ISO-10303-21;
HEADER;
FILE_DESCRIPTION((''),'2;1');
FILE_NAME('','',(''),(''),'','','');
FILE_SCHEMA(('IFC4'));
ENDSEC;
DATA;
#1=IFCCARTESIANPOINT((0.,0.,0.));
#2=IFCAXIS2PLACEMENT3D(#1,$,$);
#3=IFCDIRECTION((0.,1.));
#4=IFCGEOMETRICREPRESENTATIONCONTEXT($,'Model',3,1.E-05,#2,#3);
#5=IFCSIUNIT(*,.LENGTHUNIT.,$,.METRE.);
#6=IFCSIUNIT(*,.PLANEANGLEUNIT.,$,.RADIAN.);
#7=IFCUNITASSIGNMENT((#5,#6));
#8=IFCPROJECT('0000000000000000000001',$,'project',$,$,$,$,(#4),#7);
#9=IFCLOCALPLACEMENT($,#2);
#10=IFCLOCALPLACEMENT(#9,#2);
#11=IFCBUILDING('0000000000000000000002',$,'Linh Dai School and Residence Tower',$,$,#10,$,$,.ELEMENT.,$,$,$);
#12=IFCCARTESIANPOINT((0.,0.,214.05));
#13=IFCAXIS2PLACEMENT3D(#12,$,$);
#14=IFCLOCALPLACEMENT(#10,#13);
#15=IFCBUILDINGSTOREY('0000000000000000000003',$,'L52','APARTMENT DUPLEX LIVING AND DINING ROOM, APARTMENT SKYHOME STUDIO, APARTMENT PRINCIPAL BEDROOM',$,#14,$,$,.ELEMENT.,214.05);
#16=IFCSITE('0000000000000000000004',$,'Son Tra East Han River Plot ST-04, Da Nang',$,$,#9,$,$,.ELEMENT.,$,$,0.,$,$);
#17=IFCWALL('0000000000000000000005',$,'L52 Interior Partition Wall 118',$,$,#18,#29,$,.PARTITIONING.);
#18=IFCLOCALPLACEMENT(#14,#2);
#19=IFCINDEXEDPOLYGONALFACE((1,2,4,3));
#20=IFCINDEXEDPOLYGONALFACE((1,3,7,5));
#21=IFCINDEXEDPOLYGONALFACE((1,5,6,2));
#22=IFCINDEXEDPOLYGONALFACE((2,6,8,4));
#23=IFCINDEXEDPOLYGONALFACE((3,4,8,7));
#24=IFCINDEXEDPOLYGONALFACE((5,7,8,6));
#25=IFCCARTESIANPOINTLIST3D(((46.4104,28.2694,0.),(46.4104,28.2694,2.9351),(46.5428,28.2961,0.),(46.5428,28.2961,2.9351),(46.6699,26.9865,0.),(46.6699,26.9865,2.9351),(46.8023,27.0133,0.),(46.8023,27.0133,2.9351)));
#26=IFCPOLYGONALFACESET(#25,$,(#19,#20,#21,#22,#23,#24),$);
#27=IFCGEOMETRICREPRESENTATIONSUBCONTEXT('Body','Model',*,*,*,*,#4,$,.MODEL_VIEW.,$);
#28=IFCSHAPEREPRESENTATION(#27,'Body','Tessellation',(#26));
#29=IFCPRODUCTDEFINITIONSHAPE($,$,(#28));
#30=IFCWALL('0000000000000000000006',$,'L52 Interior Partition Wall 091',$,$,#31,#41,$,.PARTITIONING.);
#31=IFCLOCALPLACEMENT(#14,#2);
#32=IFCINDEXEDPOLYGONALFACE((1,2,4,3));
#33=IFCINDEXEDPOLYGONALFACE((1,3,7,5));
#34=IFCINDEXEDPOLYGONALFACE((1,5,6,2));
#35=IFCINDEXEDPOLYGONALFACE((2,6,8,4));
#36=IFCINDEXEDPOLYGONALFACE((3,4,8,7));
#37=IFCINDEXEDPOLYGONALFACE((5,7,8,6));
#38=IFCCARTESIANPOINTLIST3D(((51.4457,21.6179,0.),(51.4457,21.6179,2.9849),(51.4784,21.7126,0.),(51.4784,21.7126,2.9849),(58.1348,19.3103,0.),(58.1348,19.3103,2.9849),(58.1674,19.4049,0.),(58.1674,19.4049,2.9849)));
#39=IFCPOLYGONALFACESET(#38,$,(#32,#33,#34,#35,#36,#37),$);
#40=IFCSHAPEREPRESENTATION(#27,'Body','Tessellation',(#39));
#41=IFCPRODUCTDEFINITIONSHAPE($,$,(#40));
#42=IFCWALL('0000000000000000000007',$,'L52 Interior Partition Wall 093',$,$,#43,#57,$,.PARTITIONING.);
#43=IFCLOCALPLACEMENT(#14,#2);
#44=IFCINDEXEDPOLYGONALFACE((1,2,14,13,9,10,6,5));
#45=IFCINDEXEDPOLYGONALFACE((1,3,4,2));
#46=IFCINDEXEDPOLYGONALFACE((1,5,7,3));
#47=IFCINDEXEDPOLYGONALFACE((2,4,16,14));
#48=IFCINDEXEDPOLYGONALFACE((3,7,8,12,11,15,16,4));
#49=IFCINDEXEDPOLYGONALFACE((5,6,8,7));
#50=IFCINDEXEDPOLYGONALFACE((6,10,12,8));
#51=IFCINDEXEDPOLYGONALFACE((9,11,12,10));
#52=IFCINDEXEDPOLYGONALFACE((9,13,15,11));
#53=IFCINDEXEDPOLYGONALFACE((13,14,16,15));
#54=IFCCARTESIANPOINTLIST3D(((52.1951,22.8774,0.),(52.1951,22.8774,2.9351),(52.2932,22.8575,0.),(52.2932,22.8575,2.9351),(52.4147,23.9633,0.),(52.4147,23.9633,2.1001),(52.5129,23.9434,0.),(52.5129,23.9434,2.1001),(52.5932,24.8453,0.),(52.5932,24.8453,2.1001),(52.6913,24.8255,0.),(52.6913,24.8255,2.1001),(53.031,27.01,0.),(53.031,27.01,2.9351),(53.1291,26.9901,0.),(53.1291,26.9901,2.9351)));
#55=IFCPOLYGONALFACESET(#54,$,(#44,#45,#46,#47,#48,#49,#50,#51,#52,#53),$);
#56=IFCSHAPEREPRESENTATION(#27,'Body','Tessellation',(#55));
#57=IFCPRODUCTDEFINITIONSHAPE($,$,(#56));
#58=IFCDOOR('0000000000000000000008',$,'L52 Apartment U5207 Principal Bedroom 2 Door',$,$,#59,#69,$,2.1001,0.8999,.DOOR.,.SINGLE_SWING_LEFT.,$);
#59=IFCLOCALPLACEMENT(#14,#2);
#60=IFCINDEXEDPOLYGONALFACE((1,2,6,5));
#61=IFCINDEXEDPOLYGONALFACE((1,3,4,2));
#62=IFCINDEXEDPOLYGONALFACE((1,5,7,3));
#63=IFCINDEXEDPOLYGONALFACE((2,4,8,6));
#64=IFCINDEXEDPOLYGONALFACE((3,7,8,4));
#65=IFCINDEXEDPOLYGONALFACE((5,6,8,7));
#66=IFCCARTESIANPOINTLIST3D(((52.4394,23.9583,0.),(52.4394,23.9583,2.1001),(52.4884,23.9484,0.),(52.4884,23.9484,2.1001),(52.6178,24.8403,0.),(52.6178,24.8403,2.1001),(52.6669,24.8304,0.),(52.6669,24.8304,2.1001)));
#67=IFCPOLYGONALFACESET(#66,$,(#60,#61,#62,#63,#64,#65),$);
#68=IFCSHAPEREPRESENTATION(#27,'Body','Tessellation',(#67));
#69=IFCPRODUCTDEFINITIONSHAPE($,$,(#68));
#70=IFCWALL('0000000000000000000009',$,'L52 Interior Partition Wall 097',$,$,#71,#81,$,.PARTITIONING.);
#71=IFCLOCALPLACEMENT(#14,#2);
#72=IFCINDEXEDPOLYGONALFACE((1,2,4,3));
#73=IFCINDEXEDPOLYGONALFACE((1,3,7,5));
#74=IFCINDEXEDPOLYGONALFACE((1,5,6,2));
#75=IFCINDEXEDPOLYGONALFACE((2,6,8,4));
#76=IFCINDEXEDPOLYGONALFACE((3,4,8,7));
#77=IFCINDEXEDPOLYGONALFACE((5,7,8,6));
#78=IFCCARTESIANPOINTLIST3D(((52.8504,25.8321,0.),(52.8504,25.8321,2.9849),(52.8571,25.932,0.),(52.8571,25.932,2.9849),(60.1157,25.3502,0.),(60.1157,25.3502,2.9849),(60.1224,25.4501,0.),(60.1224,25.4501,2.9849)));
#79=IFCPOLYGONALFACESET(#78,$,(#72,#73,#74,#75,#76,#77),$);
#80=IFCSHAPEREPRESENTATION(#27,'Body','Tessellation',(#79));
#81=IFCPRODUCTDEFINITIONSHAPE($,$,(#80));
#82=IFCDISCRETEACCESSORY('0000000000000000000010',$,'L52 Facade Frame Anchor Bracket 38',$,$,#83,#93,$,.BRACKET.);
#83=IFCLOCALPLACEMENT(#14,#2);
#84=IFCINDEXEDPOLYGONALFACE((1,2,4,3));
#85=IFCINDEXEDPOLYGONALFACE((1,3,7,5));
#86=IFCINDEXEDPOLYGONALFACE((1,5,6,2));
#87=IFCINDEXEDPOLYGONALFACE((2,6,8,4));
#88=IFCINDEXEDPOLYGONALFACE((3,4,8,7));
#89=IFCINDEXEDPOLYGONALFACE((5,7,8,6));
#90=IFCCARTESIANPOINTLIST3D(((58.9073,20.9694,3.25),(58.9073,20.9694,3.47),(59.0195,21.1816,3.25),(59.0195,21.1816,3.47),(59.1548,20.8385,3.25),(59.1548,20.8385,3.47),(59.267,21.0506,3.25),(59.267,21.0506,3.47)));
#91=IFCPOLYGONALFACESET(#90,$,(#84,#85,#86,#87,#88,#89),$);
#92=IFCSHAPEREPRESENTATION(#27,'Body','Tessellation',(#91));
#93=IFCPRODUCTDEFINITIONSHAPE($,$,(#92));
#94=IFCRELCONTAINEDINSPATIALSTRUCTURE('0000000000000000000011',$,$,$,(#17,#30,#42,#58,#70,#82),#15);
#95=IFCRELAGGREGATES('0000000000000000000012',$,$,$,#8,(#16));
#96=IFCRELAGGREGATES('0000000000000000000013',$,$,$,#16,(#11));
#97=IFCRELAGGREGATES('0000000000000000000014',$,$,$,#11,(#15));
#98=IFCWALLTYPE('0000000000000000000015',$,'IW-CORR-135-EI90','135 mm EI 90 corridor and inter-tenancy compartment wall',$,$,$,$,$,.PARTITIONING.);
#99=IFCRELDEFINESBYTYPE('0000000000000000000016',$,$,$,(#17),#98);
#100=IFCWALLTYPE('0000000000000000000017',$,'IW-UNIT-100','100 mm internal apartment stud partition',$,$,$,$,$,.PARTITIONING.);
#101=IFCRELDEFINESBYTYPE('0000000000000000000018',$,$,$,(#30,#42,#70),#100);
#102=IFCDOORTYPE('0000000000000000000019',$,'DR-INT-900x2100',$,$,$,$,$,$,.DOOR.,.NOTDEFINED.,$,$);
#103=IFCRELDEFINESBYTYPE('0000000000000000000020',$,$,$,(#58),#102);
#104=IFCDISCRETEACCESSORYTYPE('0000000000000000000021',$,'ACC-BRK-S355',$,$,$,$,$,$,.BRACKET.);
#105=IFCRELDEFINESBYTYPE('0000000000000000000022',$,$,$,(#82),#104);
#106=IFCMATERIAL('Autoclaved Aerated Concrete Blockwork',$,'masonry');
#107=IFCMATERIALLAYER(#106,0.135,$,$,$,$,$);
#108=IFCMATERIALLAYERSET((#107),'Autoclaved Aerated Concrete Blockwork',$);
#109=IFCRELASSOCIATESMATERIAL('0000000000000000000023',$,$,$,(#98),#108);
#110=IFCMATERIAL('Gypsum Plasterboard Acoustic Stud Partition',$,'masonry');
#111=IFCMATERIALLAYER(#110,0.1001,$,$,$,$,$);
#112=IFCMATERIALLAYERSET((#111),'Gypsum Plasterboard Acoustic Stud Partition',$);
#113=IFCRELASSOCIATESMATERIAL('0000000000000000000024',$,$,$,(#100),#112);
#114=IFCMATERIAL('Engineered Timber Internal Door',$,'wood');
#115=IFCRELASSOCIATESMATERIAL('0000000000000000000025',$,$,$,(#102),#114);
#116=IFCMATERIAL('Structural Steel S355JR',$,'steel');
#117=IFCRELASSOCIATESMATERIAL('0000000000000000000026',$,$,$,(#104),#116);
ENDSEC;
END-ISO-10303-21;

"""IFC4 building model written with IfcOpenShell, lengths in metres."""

from ifc_helpers import new_model, si_unit, direction, frame, frame_2d, origin, origin_2d, place, context, subcontext, project, spatial, rectangle, extrude, source, transform, mapped, material, layer, layer_set, type_object, element, fill, save


model = new_model("IFC4")

# Units and contexts
model_context = context("Model", 3, precision=1e-05, world=origin(), true_north=direction((0.0, 1.0)))
body_context = subcontext(model_context, "Body", "Model", "MODEL_VIEW")
ifc_project = project(units=[si_unit("LENGTHUNIT", "METRE"), si_unit("PLANEANGLEUNIT", "RADIAN")], contexts=[model_context])

# Site, building, storey
site_placement = place(None, origin())
site = spatial("IfcSite", under=ifc_project, at=site_placement, Name="Son Tra East Han River Plot ST-04, Da Nang", CompositionType="ELEMENT", RefElevation=0.0)
building_placement = place(site_placement, origin())
building = spatial("IfcBuilding", under=site, at=building_placement, Name="Linh Dai School and Residence Tower", CompositionType="ELEMENT")
storey_placement = place(building_placement, frame((0.0, 0.0, 214.05)))
storey = spatial("IfcBuildingStorey", under=building, at=storey_placement, Name="L52", Description="APARTMENT DUPLEX LIVING AND DINING ROOM, APARTMENT SKYHOME STUDIO, APARTMENT PRINCIPAL BEDROOM", CompositionType="ELEMENT", Elevation=214.05)

# Shared definitions
ifc_material_1 = material(Name="Structural Steel S355JR", Category="steel")

# Walls
ifc_material_2 = material(Name="Autoclaved Aerated Concrete Blockwork", Category="masonry")
ifc_layer_1 = layer(ifc_material_2, 0.135)
ifc_layer_set_1 = layer_set([ifc_layer_1], Name="Autoclaved Aerated Concrete Blockwork")
wall_type_1 = type_object("IfcWallType", Name="IW-CORR-135-EI90", Description="135 mm EI 90 corridor and inter-tenancy compartment wall", PredefinedType="PARTITIONING", material=ifc_layer_set_1)
wall_1_placement = place(storey_placement, frame((46.7361, 27.0, 0.0), z_axis=(0.0, 0.0, 1.0), x_axis=(-0.198268, 0.980148, 0.0)))
element("IfcWall", 1, at=wall_1_placement, inside=storey, type_object=wall_type_1, Name="L52 Interior Partition Wall 118", PredefinedType="PARTITIONING", context=body_context, shape_type="SweptSolid", body=[
    extrude(rectangle(XDim=1.3088, YDim=0.135, at=frame_2d((0.6543, 0.0))), origin(), (0.0, 0.0, 1.0), 2.9351),
])
ifc_material_3 = material(Name="Gypsum Plasterboard Acoustic Stud Partition", Category="masonry")
ifc_layer_2 = layer(ifc_material_3, 0.1001)
ifc_layer_set_2 = layer_set([ifc_layer_2], Name="Gypsum Plasterboard Acoustic Stud Partition")
wall_type_2 = type_object("IfcWallType", Name="IW-UNIT-100", Description="100 mm internal apartment stud partition", PredefinedType="PARTITIONING", material=ifc_layer_set_2)
wall_2_placement = place(storey_placement, frame((51.4619, 21.6653, 0.0), z_axis=(0.0, 0.0, 1.0), x_axis=(0.945326, -0.326127, 0.0)))
element("IfcWall", 2, at=wall_2_placement, inside=storey, type_object=wall_type_2, Name="L52 Interior Partition Wall 091", PredefinedType="PARTITIONING", context=body_context, shape_type="SweptSolid", body=[
    extrude(rectangle(XDim=7.0759, YDim=0.1001, at=frame_2d((3.5381, 0.0))), origin(), (0.0, 0.0, 1.0), 2.9849),
])

# Wall, opening, door
wall_3_placement = place(storey_placement, frame((52.2441, 22.8674, 0.0), z_axis=(0.0, 0.0, 1.0), x_axis=(0.198265, 0.980148, 0.0)))
wall_3 = element("IfcWall", 3, at=wall_3_placement, inside=storey, type_object=wall_type_2, Name="L52 Interior Partition Wall 093", PredefinedType="PARTITIONING", context=body_context, shape_type="SweptSolid", body=[
    extrude(rectangle(XDim=4.2163, YDim=0.1001, at=frame_2d((2.1082, 0.0))), origin(), (0.0, 0.0, 1.0), 2.9351),
])
opening_1_placement = place(wall_3_placement, frame((1.1079, 0.0, 0.0)))
opening_1 = element("IfcOpeningElement", 4, at=opening_1_placement, cuts=wall_3, PredefinedType="OPENING", context=body_context, shape_type="SweptSolid", body=[
    extrude(rectangle(XDim=0.8999, YDim=2.1001, at=origin_2d()), frame((0.45, 0.0601, 1.05), z_axis=(0.0, -1.0, 0.0), x_axis=(1.0, 0.0, 0.0)), (0.0, 0.0, 1.0), 0.1201),
])
ifc_material_4 = material(Name="Engineered Timber Internal Door", Category="wood")
door_type = type_object("IfcDoorType", Name="DR-INT-900x2100", OperationType="NOTDEFINED", PredefinedType="DOOR", material=ifc_material_4)
shared_shape_1 = source(origin(), body_context, "Body", "SweptSolid", [
    extrude(rectangle(XDim=0.8999, YDim=2.1001, at=origin_2d()), frame((0.45, 0.0249, 1.05), z_axis=(0.0, -1.0, 0.0), x_axis=(1.0, 0.0, 0.0)), (0.0, 0.0, 1.0), 0.05),
])
door_placement = place(opening_1_placement, origin())
door = element("IfcDoor", 5, at=door_placement, inside=storey, type_object=door_type, Name="L52 Apartment U5207 Principal Bedroom 2 Door", OperationType="SINGLE_SWING_LEFT", OverallHeight=2.1001, OverallWidth=0.8999, PredefinedType="DOOR", context=body_context, shape_type="MappedRepresentation", body=[
    mapped(shared_shape_1, transform((0.0, 0.0, 0.0), x_axis=(1.0, 0.0, 0.0), y_axis=(0.0, 1.0, 0.0), z_axis=(0.0, 0.0, 1.0), scale=1.0)),
])
fill(opening_1, door)

# Wall
wall_4_placement = place(storey_placement, frame((52.8538, 25.8821, 0.0), z_axis=(0.0, 0.0, 1.0), x_axis=(0.997807, -0.066187, 0.0)))
element("IfcWall", 6, at=wall_4_placement, inside=storey, type_object=wall_type_2, Name="L52 Interior Partition Wall 097", PredefinedType="PARTITIONING", context=body_context, shape_type="SweptSolid", body=[
    extrude(rectangle(XDim=7.2812, YDim=0.1001, at=frame_2d((3.6406, 0.0))), origin(), (0.0, 0.0, 1.0), 2.9849),
])

# Discrete accessory
discrete_accessory_type = type_object("IfcDiscreteAccessoryType", Name="ACC-BRK-S355", PredefinedType="BRACKET", material=ifc_material_1)
shared_shape_2 = source(origin(), body_context, "Body", "SweptSolid", [
    extrude(rectangle(XDim=0.28, YDim=0.24, at=origin_2d()), origin(), (0.0, 0.0, 1.0), 0.22),
])
discrete_accessory_placement = place(storey_placement, frame((59.0872, 21.01, 3.25), z_axis=(0.0, 0.0, 1.0), x_axis=(0.883929, -0.467621, 0.0)))
element("IfcDiscreteAccessory", 7, at=discrete_accessory_placement, inside=storey, type_object=discrete_accessory_type, Name="L52 Facade Frame Anchor Bracket 38", PredefinedType="BRACKET", context=body_context, shape_type="MappedRepresentation", body=[
    mapped(shared_shape_2, transform((0.0, 0.0, 0.0), x_axis=(1.0, 0.0, 0.0), y_axis=(0.0, 1.0, 0.0), z_axis=(0.0, 0.0, 1.0), scale=1.0)),
])

save(model, "model.ifc")
